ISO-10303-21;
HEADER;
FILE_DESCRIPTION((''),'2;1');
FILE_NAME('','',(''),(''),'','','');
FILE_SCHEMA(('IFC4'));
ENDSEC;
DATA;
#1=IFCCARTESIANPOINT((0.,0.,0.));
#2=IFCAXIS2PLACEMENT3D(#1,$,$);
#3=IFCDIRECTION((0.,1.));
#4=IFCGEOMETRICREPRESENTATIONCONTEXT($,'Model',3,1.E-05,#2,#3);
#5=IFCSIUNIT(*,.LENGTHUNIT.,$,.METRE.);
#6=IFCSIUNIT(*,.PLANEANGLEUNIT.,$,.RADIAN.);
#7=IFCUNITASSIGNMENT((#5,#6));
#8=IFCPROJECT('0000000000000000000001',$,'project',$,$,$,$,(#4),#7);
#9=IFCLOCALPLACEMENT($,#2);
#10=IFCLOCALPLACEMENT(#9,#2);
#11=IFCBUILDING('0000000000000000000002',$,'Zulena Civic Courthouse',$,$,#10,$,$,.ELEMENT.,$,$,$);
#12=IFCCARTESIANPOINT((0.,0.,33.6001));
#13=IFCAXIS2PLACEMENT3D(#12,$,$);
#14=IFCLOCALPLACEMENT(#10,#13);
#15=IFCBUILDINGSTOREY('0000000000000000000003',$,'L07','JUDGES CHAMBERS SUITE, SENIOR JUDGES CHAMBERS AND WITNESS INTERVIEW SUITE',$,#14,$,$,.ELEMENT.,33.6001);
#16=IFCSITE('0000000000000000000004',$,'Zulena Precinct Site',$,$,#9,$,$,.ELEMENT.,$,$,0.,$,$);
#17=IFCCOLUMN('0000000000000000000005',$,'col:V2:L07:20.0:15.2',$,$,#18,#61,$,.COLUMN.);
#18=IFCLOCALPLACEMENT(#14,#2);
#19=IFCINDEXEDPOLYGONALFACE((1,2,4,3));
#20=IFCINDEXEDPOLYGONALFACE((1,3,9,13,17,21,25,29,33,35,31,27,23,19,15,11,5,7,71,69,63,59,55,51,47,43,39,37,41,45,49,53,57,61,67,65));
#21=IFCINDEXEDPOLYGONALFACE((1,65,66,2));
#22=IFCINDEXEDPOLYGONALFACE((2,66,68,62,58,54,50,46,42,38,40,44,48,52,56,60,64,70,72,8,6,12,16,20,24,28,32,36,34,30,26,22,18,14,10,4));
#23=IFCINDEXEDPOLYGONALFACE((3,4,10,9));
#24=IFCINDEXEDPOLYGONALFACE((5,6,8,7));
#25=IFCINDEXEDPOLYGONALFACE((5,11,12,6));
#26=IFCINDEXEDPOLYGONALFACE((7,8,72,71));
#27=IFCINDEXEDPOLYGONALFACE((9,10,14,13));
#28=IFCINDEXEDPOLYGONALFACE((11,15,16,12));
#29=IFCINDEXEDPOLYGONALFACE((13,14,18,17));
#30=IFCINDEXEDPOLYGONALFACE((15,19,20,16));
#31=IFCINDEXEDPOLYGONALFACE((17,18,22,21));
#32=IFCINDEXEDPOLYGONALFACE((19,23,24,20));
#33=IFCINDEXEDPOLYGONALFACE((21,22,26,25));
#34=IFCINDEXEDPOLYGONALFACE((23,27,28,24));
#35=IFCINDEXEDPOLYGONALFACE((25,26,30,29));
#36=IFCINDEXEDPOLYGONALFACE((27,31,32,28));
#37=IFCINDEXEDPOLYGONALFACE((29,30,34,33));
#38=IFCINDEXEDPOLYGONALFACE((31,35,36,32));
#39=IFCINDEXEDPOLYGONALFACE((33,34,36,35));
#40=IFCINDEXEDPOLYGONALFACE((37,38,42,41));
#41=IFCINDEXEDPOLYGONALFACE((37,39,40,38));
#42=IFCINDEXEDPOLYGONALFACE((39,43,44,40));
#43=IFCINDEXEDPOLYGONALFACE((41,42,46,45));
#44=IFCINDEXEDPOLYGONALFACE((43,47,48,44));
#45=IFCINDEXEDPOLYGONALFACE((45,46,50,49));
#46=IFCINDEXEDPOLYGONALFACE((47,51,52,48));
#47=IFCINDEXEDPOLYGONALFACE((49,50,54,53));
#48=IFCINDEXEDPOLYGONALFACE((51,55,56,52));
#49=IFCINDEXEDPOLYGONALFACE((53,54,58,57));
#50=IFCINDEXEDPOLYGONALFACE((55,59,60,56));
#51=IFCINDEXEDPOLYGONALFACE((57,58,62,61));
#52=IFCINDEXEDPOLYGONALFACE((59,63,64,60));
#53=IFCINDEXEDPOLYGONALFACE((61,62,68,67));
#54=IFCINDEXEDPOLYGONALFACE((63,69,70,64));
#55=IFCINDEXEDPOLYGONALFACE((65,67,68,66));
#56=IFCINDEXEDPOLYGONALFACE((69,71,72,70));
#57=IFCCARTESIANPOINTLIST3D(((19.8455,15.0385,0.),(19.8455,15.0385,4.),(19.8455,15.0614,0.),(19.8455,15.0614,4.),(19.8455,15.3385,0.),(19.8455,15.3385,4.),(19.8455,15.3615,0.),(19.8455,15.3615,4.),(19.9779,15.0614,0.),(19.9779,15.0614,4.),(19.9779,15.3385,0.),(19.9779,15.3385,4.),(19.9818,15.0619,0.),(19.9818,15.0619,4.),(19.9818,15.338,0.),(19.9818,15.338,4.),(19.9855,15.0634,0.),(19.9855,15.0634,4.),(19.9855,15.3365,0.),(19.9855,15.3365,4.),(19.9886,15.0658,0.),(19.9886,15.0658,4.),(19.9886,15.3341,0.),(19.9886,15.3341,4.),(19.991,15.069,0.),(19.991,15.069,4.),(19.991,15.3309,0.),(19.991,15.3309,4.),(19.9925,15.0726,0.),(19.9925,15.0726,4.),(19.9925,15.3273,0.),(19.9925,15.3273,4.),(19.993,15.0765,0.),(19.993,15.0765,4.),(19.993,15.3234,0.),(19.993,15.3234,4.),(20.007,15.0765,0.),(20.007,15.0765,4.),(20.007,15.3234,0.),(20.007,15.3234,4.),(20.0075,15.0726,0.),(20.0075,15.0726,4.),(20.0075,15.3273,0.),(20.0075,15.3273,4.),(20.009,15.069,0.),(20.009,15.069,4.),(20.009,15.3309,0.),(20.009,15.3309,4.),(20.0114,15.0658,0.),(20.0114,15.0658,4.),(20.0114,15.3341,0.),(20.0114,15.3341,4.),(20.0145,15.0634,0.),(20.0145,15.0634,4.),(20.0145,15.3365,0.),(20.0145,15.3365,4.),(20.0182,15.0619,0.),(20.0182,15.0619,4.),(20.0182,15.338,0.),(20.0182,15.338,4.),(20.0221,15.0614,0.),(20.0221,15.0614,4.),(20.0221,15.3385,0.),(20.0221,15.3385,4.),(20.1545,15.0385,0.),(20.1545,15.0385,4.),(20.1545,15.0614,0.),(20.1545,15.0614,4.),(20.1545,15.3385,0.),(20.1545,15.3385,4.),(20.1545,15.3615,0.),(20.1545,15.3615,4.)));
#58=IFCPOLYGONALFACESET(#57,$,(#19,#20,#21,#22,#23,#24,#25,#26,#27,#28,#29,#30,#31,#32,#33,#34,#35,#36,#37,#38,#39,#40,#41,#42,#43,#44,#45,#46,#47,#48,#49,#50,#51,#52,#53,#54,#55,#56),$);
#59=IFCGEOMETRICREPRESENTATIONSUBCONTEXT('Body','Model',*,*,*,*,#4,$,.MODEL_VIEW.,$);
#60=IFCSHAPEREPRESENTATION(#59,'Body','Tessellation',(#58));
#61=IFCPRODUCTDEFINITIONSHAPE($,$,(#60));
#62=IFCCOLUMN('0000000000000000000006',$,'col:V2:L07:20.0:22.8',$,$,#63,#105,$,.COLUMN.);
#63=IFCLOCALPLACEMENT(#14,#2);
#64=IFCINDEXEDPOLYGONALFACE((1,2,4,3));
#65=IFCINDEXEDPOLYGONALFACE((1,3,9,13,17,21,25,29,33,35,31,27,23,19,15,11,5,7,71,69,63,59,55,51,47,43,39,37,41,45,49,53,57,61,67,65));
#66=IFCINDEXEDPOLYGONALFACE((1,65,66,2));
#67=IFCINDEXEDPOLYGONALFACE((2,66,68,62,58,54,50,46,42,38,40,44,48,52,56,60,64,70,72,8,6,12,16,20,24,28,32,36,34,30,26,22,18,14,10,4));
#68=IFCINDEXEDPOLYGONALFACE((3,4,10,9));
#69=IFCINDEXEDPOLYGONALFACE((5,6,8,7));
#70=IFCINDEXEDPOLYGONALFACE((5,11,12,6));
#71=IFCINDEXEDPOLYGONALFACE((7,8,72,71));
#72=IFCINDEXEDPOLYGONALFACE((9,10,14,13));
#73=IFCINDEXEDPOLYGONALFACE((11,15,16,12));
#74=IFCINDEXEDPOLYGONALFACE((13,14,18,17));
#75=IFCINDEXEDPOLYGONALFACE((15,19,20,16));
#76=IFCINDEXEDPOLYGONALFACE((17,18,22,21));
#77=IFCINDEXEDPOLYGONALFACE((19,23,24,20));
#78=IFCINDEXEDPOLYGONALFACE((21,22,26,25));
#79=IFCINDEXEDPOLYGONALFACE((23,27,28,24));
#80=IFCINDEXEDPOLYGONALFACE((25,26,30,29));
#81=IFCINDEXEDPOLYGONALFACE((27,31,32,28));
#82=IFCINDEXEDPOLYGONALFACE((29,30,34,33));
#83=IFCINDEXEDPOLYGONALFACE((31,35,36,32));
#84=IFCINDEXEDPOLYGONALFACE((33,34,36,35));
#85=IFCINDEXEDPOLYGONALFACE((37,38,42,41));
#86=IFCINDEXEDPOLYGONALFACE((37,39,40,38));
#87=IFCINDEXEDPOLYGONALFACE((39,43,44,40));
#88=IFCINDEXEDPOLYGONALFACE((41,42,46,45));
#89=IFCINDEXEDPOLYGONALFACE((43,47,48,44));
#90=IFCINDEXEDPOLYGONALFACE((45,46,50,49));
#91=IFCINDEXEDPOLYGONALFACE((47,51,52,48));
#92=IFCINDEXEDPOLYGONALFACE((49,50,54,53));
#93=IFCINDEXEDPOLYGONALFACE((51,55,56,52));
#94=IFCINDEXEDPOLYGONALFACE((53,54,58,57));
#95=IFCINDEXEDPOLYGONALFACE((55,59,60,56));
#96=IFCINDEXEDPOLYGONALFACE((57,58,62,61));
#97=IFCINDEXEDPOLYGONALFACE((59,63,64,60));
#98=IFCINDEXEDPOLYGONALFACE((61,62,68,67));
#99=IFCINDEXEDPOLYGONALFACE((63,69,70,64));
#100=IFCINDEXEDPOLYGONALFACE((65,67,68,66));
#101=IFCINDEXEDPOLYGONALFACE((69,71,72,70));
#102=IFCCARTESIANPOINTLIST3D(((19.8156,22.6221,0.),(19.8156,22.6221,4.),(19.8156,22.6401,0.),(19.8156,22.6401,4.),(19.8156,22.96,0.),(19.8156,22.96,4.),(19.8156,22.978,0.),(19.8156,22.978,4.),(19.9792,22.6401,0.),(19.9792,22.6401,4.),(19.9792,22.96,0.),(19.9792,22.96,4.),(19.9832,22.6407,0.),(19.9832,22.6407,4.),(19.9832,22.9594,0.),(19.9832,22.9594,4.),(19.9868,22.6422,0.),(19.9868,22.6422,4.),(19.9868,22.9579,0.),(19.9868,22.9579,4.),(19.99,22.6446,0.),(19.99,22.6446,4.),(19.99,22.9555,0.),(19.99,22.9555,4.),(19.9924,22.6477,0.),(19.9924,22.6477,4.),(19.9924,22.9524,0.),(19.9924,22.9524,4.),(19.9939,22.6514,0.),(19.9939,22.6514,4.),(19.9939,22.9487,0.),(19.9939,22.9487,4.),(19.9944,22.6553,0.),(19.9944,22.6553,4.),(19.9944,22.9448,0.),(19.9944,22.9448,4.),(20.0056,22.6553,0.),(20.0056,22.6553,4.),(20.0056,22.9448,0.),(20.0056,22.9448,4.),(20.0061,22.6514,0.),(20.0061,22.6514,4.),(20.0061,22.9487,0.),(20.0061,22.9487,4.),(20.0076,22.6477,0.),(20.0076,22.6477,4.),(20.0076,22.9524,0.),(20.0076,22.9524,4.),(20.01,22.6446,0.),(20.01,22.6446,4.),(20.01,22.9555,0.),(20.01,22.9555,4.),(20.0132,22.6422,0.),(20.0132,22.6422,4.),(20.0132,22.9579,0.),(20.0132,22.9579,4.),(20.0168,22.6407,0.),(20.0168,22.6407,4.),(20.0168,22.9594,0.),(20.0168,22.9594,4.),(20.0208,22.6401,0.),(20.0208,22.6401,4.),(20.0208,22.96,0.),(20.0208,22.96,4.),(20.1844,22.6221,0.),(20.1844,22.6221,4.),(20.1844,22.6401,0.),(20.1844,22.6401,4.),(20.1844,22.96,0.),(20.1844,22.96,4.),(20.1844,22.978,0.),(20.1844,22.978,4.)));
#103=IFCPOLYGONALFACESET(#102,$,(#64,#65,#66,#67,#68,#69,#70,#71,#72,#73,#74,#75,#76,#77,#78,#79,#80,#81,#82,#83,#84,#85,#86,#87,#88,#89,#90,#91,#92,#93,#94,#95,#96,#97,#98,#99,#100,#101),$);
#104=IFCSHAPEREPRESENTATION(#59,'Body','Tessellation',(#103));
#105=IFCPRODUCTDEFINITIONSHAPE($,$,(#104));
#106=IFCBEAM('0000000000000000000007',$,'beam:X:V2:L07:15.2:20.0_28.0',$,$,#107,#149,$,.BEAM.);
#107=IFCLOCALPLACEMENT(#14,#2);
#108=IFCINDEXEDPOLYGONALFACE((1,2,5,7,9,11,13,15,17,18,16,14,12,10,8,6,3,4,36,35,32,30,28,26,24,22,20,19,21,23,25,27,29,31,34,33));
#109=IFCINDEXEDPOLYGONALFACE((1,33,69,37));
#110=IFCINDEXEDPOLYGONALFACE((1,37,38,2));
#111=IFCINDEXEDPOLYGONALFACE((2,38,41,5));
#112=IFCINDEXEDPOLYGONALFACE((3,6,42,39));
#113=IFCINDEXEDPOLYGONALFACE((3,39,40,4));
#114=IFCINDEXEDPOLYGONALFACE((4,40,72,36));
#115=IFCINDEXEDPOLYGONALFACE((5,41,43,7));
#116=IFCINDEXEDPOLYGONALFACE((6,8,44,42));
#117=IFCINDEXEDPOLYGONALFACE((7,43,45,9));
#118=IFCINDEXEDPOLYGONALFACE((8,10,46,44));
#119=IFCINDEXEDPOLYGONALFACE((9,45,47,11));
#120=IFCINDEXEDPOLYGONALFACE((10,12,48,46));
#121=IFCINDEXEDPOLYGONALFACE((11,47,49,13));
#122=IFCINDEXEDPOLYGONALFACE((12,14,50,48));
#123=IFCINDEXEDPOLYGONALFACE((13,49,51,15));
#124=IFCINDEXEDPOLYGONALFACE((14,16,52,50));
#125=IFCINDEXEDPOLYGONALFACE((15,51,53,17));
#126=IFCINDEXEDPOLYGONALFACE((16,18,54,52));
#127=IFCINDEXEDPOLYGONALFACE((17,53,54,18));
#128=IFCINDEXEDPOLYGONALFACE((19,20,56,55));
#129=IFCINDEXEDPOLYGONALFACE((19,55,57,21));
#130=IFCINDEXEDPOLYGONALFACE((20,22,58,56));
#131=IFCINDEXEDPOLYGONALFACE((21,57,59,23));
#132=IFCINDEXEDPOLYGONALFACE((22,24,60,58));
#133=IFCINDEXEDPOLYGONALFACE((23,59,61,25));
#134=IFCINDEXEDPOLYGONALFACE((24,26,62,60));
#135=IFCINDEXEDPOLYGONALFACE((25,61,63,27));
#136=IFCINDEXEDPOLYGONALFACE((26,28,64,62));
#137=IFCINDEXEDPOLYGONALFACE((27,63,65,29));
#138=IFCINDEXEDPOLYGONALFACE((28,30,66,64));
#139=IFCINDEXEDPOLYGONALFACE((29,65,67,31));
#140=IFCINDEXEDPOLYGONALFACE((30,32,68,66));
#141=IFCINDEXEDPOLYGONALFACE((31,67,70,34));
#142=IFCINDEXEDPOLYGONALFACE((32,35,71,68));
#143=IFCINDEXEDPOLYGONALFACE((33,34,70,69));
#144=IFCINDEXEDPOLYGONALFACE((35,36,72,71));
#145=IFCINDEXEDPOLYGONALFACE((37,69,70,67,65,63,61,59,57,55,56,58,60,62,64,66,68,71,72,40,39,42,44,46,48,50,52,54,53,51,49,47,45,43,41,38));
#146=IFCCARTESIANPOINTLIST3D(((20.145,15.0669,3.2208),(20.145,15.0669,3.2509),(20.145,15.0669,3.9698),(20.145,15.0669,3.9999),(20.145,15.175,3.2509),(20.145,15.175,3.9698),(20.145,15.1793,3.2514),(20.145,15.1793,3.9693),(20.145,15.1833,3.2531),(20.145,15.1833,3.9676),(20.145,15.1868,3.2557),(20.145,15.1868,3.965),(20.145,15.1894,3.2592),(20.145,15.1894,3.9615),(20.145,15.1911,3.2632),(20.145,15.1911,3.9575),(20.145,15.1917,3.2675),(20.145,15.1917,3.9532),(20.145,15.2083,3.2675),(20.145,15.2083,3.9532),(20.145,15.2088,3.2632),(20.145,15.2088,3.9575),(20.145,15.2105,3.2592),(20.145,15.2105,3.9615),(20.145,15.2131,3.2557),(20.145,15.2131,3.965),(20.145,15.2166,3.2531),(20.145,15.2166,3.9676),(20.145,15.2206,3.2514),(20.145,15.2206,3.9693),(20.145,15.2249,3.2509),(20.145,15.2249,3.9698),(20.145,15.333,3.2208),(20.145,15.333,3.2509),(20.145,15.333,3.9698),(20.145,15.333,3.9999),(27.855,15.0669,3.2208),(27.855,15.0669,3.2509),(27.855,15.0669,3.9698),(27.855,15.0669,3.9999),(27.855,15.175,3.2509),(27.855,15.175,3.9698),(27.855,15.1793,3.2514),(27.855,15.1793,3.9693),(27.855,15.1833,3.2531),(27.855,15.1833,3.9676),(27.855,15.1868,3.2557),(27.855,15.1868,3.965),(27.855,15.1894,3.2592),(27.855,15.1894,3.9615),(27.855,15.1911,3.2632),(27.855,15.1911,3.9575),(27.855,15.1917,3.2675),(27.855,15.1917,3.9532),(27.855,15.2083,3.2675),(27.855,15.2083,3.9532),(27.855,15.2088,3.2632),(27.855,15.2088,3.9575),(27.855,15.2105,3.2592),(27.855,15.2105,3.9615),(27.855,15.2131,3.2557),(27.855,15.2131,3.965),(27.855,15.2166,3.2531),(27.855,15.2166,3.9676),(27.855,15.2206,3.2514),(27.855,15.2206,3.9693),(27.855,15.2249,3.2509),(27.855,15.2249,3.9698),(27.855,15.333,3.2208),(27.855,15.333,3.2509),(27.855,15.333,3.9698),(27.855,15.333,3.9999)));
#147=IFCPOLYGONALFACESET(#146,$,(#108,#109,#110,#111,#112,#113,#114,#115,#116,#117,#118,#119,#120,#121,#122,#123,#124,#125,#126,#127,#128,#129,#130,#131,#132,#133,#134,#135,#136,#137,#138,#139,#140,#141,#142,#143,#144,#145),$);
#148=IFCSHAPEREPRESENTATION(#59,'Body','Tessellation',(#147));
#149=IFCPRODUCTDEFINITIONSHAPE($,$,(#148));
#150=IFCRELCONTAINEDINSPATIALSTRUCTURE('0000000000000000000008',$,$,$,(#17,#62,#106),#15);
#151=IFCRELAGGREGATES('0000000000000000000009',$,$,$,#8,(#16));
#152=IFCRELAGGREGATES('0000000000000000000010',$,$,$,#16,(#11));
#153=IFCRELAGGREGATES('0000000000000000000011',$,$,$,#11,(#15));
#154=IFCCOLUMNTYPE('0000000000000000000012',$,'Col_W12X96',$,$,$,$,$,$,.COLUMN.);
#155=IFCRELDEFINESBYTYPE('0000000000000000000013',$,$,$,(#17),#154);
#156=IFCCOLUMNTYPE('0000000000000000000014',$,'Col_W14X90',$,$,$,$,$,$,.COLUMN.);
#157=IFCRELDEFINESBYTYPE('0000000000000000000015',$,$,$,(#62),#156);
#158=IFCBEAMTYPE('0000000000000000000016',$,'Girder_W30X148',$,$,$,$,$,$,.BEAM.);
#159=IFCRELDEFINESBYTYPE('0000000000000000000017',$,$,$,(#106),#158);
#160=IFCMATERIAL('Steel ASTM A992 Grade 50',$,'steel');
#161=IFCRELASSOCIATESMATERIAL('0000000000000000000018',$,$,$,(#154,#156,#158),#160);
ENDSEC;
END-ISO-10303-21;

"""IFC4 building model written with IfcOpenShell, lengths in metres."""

from ifc_helpers import new_model, si_unit, direction, frame, origin, origin_2d, place, context, subcontext, project, spatial, i_section, extrude, material, material_profile, profile_set, type_object, element, save


model = new_model("IFC4")

# Units and contexts
model_context = context("Model", 3, precision=1e-05, world=origin(), true_north=direction((0.0, 1.0)))
body_context = subcontext(model_context, "Body", "Model", "MODEL_VIEW")
ifc_project = project(units=[si_unit("LENGTHUNIT", "METRE"), si_unit("PLANEANGLEUNIT", "RADIAN")], contexts=[model_context])

# Site, building, storey
site_placement = place(None, origin())
site = spatial("IfcSite", under=ifc_project, at=site_placement, Name="Zulena Precinct Site", CompositionType="ELEMENT", RefElevation=0.0)
building_placement = place(site_placement, origin())
building = spatial("IfcBuilding", under=site, at=building_placement, Name="Zulena Civic Courthouse", CompositionType="ELEMENT")
storey_placement = place(building_placement, frame((0.0, 0.0, 33.6001)))
storey = spatial("IfcBuildingStorey", under=building, at=storey_placement, Name="L07", Description="JUDGES CHAMBERS SUITE, SENIOR JUDGES CHAMBERS AND WITNESS INTERVIEW SUITE", CompositionType="ELEMENT", Elevation=33.6001)

# Columns
ifc_material_1 = material(Name="Steel ASTM A992 Grade 50", Category="steel")
ifc_material_profile_1 = material_profile(ifc_material_1, i_section(OverallWidth=0.3091, OverallDepth=0.323, WebThickness=0.0139, FlangeThickness=0.0229, FilletRadius=0.0151, at=origin_2d()), Name="W12X96")
ifc_profile_set_1 = profile_set([ifc_material_profile_1], Name="Steel ASTM A992 Grade 50")
column_type_1 = type_object("IfcColumnType", Name="Col_W12X96", PredefinedType="COLUMN", material=ifc_profile_set_1)
column_1_placement = place(storey_placement, frame((20.0, 15.2, 0.0), z_axis=(0.0, 0.0, 1.0), x_axis=(1.0, 0.0, 0.0)))
element("IfcColumn", 1, at=column_1_placement, inside=storey, type_object=column_type_1, Name="col:V2:L07:20.0:15.2", PredefinedType="COLUMN", context=body_context, shape_type="SweptSolid", body=[
    extrude(i_section(OverallWidth=0.3091, OverallDepth=0.323, WebThickness=0.0139, FlangeThickness=0.0229, FilletRadius=0.0151, at=origin_2d()), origin(), (0.0, 0.0, 1.0), 4.0),
])
ifc_material_profile_2 = material_profile(ifc_material_1, i_section(OverallWidth=0.3689, OverallDepth=0.356, WebThickness=0.0112, FlangeThickness=0.0181, FilletRadius=0.0151, at=origin_2d()), Name="W14X90")
ifc_profile_set_2 = profile_set([ifc_material_profile_2], Name="Steel ASTM A992 Grade 50")
column_type_2 = type_object("IfcColumnType", Name="Col_W14X90", PredefinedType="COLUMN", material=ifc_profile_set_2)
column_2_placement = place(storey_placement, frame((20.0, 22.8, 0.0), z_axis=(0.0, 0.0, 1.0), x_axis=(1.0, 0.0, 0.0)))
element("IfcColumn", 2, at=column_2_placement, inside=storey, type_object=column_type_2, Name="col:V2:L07:20.0:22.8", PredefinedType="COLUMN", context=body_context, shape_type="SweptSolid", body=[
    extrude(i_section(OverallWidth=0.3689, OverallDepth=0.356, WebThickness=0.0112, FlangeThickness=0.0181, FilletRadius=0.0151, at=origin_2d()), origin(), (0.0, 0.0, 1.0), 4.0),
])

# Beam
ifc_material_profile_3 = material_profile(ifc_material_1, i_section(OverallWidth=0.2661, OverallDepth=0.7791, WebThickness=0.0166, FlangeThickness=0.03, FilletRadius=0.0166, at=origin_2d()), Name="W30X148")
ifc_profile_set_3 = profile_set([ifc_material_profile_3], Name="Steel ASTM A992 Grade 50")
beam_type_1 = type_object("IfcBeamType", Name="Girder_W30X148", PredefinedType="BEAM", material=ifc_profile_set_3)
beam_1_placement = place(storey_placement, frame((20.145, 15.2, 3.6104), z_axis=(1.0, 0.0, 0.0), x_axis=(0.0, 1.0, 0.0)))
element("IfcBeam", 3, at=beam_1_placement, inside=storey, type_object=beam_type_1, Name="beam:X:V2:L07:15.2:20.0_28.0", PredefinedType="BEAM", context=body_context, shape_type="SweptSolid", body=[
    extrude(i_section(OverallWidth=0.2661, OverallDepth=0.7791, WebThickness=0.0166, FlangeThickness=0.03, FilletRadius=0.0166, at=origin_2d()), origin(), (0.0, 0.0, 1.0), 7.71),
])

save(model, "model.ifc")
